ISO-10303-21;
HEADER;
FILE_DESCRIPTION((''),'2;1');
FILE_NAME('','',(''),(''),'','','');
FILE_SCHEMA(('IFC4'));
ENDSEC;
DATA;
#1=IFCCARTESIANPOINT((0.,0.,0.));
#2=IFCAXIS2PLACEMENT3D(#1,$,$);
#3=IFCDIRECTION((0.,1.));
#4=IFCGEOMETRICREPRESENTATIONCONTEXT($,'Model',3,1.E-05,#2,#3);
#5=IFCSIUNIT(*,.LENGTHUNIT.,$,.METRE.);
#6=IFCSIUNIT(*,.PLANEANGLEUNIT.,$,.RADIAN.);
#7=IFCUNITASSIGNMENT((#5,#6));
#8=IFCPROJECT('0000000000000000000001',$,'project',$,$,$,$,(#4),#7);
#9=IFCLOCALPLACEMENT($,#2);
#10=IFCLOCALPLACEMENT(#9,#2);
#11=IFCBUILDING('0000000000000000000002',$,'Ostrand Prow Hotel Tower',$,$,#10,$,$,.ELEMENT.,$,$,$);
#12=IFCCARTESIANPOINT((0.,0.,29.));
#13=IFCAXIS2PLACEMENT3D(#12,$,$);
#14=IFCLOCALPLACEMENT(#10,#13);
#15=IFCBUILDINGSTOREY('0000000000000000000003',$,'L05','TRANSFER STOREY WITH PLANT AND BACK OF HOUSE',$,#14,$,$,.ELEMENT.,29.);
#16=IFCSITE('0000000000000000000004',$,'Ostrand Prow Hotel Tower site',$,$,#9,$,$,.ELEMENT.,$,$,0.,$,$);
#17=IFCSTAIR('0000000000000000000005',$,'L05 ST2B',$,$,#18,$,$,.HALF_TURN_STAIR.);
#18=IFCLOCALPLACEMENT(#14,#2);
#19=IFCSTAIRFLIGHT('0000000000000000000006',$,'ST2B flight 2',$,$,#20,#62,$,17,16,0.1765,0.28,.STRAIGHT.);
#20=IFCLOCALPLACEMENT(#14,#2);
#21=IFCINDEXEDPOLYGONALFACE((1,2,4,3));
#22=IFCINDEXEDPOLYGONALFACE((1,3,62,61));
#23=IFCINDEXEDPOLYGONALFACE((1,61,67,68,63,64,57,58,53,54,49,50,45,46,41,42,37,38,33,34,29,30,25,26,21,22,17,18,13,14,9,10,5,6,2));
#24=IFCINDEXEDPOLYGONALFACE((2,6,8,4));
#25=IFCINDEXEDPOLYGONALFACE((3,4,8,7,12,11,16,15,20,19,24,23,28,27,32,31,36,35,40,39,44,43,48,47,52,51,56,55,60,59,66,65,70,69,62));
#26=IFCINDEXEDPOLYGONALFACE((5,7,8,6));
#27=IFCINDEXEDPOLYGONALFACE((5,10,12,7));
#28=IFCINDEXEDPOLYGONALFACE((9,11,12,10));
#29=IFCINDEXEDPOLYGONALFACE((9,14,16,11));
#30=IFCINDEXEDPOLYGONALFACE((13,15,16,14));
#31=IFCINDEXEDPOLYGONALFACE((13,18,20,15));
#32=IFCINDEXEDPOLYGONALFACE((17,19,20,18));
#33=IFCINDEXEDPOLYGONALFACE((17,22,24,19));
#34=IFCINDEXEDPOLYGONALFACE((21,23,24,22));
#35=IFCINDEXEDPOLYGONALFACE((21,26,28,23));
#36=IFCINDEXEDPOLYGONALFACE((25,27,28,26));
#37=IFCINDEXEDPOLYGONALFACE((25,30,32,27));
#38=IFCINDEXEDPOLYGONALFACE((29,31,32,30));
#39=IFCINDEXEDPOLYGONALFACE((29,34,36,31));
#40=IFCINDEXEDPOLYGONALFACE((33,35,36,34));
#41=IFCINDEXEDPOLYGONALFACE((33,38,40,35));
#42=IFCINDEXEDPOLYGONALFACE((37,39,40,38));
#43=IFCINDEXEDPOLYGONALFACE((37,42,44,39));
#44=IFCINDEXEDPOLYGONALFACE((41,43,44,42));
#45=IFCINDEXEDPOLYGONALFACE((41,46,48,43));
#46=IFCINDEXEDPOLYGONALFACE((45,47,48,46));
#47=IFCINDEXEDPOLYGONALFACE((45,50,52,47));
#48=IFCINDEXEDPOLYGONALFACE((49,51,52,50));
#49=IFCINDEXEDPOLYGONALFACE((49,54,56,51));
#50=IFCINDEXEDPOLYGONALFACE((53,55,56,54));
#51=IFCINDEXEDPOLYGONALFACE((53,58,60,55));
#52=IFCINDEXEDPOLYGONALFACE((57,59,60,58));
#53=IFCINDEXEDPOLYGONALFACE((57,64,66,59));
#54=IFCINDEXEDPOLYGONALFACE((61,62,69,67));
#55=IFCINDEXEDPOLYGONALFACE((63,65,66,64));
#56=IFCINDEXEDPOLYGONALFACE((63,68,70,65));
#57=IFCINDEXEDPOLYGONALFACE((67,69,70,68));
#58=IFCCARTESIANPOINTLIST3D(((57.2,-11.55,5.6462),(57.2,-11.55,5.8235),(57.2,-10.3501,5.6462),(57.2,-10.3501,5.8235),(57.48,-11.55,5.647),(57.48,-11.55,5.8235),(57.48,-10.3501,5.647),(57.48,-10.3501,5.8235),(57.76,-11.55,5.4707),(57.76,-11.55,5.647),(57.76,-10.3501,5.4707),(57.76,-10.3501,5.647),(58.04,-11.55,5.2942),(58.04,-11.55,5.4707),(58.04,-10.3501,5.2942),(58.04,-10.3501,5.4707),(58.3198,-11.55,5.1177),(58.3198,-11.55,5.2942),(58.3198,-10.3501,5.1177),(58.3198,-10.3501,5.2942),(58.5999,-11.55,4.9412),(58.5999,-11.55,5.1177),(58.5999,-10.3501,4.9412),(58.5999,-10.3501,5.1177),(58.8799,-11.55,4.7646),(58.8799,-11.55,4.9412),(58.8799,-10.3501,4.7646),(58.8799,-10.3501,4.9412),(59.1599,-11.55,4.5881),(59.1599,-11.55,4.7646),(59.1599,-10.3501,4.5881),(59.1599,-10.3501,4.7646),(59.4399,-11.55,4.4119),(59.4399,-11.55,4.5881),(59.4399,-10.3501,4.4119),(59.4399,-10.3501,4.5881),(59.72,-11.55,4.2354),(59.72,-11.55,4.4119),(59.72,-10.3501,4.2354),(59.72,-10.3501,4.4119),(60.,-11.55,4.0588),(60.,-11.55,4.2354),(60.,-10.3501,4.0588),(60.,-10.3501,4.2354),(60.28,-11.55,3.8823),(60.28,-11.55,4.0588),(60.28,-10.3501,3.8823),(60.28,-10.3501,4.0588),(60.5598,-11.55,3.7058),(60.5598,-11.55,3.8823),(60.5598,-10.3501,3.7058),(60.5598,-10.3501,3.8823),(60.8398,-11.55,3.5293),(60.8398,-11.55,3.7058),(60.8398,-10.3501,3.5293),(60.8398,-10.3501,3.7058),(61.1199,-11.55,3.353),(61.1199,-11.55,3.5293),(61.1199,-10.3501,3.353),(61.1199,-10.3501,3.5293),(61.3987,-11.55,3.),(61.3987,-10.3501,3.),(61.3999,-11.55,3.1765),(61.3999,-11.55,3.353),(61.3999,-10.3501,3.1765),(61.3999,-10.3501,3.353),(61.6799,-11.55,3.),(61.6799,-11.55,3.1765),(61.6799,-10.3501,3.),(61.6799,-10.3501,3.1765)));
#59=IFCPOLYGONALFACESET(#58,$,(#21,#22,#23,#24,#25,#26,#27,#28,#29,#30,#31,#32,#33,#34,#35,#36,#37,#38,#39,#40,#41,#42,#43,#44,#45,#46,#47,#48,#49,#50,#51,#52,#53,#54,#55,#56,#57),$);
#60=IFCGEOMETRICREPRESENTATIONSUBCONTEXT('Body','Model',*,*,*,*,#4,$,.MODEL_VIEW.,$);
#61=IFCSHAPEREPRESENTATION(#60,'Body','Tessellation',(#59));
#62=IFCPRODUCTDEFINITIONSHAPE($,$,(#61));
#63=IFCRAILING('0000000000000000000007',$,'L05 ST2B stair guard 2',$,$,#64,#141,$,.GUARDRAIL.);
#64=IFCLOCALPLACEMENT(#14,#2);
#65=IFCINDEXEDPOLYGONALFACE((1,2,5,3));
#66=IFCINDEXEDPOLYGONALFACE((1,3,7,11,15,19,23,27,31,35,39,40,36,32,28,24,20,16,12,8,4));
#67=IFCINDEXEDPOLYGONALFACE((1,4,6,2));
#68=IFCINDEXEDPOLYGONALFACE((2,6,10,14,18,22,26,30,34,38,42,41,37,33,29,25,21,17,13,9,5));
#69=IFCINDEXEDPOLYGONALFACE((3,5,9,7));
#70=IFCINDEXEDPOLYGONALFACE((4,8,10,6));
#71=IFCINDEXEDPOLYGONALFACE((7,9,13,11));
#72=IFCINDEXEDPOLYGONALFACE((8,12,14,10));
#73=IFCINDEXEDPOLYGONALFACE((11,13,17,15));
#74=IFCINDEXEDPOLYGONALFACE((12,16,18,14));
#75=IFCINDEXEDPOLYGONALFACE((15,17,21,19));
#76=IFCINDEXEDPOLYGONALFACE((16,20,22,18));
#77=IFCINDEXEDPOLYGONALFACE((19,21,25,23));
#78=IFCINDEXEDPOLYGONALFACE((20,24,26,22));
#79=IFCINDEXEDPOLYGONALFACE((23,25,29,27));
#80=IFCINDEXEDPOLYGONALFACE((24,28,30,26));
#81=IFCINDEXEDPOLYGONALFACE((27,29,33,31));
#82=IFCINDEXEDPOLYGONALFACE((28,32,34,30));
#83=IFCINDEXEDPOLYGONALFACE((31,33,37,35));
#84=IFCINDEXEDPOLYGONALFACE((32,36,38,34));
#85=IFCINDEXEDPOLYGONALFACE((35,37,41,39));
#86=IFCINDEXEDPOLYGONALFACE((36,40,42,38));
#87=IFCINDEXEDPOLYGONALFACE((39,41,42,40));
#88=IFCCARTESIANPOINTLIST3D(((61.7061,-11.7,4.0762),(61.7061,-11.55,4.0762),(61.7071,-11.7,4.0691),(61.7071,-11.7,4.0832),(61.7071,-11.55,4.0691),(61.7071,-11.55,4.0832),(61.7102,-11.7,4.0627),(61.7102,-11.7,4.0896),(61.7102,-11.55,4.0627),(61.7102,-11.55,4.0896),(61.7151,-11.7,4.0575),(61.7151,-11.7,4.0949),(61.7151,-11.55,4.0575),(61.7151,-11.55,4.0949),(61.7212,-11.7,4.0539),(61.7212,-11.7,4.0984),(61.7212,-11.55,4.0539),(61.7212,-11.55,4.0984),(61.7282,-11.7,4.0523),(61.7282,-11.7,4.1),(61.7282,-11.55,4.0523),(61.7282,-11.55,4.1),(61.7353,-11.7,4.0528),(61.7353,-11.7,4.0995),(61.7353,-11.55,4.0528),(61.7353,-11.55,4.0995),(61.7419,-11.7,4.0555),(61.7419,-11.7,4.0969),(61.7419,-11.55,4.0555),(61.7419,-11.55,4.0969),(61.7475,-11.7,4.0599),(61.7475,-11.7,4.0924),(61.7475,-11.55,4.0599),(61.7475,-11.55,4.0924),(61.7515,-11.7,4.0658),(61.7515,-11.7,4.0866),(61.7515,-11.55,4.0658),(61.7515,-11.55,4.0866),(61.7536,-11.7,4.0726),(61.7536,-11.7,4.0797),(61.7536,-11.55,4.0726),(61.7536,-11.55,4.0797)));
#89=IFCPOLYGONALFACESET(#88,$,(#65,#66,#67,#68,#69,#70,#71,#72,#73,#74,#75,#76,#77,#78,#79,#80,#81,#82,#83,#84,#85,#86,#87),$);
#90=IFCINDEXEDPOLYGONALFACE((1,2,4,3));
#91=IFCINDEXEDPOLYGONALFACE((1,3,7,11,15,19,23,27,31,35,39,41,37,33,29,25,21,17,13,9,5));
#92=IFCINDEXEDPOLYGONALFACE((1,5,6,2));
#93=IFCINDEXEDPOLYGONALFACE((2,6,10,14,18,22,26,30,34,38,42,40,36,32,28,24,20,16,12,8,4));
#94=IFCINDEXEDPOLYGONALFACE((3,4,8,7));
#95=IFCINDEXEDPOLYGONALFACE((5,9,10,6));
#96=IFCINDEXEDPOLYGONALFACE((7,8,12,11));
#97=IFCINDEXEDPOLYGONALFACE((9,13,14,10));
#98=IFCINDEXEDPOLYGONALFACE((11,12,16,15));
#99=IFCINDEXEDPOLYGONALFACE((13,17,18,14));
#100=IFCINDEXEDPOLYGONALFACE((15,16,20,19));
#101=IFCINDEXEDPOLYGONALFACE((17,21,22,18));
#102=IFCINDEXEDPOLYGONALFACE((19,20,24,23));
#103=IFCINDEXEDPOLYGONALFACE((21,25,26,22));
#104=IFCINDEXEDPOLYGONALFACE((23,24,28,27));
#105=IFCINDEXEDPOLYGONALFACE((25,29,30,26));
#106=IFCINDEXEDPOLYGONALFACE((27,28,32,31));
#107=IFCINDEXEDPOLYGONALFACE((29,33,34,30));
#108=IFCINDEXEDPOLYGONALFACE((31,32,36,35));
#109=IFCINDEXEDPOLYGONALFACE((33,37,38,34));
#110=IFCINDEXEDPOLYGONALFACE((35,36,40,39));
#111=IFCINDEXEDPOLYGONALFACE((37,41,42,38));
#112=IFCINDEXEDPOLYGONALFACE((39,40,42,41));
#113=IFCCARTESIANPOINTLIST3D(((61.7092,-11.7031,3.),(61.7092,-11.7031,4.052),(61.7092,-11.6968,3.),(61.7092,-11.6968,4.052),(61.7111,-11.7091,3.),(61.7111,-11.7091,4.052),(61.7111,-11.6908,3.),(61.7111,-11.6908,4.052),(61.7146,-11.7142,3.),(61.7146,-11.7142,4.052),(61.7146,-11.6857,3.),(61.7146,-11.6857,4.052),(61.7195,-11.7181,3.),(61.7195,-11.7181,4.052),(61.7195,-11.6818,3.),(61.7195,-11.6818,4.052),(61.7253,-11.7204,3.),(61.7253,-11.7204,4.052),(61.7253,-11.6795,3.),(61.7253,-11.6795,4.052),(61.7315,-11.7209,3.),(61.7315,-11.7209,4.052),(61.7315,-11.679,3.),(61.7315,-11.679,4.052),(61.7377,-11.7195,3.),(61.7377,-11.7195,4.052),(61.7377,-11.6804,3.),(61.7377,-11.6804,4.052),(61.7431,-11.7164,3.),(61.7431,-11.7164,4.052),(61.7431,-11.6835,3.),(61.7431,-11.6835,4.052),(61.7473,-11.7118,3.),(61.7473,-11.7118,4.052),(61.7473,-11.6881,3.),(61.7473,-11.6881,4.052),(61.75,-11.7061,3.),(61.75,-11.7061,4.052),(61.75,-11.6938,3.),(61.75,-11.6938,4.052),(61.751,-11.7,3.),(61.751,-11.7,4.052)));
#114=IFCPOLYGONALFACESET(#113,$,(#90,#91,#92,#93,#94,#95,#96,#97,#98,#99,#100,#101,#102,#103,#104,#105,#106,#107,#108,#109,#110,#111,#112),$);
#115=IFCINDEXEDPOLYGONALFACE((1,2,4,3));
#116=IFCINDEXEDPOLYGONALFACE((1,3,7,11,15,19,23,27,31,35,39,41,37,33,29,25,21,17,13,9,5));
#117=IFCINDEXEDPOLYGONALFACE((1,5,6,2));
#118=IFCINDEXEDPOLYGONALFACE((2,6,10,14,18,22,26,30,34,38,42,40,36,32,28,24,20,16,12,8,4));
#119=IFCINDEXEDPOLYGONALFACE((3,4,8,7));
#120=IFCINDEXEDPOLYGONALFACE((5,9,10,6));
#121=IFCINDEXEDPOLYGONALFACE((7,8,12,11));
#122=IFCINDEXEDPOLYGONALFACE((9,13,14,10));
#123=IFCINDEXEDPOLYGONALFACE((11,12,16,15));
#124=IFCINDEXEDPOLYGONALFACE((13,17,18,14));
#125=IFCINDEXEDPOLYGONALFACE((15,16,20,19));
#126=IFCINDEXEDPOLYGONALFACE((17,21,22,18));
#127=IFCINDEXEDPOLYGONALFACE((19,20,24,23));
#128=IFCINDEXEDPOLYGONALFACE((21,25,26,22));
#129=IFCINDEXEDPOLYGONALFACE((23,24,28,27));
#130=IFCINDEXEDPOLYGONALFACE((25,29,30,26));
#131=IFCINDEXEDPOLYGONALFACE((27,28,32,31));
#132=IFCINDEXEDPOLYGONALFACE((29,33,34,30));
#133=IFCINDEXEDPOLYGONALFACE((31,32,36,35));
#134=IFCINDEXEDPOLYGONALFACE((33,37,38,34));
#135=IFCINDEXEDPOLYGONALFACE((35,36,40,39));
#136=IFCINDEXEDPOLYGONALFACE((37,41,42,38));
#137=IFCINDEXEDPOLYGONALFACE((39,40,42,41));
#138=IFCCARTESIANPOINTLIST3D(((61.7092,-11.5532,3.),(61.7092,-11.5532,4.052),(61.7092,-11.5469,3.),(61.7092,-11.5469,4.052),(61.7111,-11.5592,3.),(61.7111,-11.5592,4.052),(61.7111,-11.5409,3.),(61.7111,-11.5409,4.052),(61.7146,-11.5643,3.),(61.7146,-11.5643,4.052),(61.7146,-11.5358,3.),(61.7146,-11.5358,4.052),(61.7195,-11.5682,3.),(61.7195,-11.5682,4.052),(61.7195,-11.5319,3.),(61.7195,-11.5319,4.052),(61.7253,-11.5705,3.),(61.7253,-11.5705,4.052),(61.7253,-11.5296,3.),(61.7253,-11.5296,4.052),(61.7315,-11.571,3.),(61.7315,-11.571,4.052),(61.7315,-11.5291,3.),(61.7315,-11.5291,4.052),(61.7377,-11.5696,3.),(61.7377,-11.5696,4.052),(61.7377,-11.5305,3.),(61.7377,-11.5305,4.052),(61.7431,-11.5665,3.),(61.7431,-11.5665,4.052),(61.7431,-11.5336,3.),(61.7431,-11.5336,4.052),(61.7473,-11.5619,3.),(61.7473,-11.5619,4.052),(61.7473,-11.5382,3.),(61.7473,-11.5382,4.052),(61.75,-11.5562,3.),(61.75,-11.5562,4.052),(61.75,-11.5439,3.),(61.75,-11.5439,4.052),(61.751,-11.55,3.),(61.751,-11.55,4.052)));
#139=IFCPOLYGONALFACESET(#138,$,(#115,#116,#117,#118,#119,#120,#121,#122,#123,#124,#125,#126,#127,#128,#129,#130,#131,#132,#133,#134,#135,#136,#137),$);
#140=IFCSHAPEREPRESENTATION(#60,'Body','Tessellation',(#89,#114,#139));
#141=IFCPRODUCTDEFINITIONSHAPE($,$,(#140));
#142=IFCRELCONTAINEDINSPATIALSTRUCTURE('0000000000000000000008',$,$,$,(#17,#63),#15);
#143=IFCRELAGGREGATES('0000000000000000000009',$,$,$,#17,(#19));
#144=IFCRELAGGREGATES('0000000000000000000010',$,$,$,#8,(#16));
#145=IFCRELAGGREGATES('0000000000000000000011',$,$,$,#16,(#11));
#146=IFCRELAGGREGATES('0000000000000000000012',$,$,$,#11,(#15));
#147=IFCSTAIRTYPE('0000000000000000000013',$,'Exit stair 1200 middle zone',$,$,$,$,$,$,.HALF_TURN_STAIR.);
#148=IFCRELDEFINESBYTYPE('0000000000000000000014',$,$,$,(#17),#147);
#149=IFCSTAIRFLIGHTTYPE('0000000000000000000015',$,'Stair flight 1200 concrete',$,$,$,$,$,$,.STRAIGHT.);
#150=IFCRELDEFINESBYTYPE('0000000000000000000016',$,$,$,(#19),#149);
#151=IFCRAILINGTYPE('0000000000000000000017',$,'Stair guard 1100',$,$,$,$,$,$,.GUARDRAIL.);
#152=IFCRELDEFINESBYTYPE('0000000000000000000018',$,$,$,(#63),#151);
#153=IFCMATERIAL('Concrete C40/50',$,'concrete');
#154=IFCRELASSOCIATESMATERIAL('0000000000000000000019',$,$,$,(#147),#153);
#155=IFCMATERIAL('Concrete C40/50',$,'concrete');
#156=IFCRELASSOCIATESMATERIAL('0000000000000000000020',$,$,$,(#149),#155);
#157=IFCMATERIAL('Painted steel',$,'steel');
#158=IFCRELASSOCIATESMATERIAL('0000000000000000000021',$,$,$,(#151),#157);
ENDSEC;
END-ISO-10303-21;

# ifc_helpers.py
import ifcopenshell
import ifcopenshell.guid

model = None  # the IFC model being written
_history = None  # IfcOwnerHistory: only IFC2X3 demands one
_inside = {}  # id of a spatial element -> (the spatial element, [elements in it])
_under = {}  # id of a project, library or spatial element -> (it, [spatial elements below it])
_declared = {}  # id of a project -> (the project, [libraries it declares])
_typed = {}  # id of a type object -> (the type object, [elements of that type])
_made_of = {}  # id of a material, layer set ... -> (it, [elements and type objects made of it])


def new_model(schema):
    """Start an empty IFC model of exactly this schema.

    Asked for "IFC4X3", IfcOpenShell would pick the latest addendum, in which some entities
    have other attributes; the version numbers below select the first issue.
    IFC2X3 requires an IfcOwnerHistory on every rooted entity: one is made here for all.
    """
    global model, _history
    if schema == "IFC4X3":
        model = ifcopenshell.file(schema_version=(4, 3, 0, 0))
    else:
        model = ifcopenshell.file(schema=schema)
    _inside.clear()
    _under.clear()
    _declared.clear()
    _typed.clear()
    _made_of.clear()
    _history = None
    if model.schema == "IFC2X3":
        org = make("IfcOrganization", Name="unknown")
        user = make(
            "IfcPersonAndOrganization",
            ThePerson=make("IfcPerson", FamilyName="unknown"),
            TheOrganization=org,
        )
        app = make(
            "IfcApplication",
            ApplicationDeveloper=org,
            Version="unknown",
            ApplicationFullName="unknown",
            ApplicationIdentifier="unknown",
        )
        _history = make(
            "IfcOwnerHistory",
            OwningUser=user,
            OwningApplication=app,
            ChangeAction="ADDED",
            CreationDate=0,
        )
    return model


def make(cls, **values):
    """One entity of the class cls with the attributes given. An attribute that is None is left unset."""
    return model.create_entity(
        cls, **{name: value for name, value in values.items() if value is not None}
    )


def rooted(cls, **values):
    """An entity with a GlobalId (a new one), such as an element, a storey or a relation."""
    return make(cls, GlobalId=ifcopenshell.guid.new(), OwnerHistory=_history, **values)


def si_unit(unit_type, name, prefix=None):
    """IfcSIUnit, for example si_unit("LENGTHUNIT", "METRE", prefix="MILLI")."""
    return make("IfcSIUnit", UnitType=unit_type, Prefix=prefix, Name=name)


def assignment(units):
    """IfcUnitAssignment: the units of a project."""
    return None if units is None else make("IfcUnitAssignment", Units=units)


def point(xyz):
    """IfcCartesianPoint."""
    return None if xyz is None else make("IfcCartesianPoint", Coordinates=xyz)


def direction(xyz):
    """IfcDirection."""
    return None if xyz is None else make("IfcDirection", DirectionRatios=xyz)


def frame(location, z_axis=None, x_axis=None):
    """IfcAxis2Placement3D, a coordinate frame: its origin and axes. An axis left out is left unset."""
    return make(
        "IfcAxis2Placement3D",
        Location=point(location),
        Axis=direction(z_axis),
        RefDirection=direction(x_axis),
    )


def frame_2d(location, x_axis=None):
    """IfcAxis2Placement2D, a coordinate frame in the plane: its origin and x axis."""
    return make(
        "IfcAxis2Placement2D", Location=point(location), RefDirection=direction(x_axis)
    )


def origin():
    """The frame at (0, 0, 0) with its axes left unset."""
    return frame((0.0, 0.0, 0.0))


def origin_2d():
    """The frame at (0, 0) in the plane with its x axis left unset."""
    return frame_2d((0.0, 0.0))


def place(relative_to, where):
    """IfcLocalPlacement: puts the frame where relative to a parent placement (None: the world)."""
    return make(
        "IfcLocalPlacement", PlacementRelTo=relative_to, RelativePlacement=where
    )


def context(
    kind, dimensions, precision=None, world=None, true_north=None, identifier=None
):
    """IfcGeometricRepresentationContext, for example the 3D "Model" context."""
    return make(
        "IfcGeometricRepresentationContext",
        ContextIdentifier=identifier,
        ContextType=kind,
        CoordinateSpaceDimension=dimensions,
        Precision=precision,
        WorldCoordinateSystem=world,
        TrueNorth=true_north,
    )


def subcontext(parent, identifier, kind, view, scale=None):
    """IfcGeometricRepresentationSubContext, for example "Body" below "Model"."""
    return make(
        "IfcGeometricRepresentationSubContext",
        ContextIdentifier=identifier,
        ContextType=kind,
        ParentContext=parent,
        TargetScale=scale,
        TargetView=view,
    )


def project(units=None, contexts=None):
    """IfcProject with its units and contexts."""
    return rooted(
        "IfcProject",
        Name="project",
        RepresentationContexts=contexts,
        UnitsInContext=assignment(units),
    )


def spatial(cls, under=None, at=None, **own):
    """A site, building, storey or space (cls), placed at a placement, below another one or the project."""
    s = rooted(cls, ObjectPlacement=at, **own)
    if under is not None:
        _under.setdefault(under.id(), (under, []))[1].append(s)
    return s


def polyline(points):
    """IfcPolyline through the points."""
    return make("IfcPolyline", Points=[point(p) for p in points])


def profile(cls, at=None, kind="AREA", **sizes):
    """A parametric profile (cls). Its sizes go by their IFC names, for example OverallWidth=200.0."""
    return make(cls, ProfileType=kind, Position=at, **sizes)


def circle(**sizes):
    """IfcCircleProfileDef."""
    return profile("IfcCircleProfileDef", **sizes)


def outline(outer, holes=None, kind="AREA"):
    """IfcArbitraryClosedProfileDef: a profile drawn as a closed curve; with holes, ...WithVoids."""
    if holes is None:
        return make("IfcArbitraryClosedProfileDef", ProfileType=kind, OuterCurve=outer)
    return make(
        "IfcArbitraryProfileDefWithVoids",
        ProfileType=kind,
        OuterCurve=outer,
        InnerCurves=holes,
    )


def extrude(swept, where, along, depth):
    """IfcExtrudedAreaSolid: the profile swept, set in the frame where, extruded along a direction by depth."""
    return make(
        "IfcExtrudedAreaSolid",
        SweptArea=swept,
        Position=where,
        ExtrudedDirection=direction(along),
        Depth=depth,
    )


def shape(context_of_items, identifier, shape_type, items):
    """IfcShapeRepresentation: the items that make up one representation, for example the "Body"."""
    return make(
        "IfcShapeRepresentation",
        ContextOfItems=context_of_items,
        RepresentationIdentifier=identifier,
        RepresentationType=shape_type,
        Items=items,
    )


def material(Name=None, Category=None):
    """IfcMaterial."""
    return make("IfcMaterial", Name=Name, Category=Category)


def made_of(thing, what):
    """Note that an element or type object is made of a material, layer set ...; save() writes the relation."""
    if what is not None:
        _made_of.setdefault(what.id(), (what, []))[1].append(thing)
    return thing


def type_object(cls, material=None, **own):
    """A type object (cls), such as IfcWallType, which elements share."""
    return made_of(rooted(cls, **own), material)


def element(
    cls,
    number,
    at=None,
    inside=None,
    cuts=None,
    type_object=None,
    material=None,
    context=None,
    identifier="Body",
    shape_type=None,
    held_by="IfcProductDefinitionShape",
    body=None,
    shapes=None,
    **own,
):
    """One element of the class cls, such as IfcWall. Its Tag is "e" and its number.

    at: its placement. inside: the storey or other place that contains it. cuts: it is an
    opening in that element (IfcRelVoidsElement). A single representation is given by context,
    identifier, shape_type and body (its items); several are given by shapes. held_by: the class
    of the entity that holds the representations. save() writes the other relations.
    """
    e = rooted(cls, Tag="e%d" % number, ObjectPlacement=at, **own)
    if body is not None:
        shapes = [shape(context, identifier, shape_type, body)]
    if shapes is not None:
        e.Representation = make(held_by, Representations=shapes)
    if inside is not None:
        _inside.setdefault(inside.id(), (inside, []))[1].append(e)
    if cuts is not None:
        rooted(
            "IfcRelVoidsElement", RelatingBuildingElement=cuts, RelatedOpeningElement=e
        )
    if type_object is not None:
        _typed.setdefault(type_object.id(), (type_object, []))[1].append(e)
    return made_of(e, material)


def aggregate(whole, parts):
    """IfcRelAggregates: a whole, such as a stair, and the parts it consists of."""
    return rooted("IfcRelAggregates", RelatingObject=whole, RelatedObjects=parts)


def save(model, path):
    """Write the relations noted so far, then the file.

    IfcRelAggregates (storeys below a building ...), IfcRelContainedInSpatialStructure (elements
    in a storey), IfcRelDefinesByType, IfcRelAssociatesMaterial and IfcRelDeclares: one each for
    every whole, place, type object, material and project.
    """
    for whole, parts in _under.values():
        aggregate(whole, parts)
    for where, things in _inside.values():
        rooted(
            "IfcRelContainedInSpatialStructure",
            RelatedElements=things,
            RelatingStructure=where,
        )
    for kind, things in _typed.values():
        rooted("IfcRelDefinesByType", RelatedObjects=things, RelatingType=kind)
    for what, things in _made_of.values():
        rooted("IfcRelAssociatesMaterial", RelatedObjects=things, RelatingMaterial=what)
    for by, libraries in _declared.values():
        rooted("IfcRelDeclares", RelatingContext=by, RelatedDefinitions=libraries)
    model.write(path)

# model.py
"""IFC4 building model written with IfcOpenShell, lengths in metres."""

from ifc_helpers import new_model, si_unit, direction, frame, origin, origin_2d, place, context, subcontext, project, spatial, polyline, circle, outline, extrude, material, type_object, element, aggregate, save


model = new_model("IFC4")

# Units and contexts
model_context = context("Model", 3, precision=1e-05, world=origin(), true_north=direction((0.0, 1.0)))
body_context = subcontext(model_context, "Body", "Model", "MODEL_VIEW")
ifc_project = project(units=[si_unit("LENGTHUNIT", "METRE"), si_unit("PLANEANGLEUNIT", "RADIAN")], contexts=[model_context])

# Site, building, storey
site_placement = place(None, origin())
site = spatial("IfcSite", under=ifc_project, at=site_placement, Name="Ostrand Prow Hotel Tower site", CompositionType="ELEMENT", RefElevation=0.0)
building_placement = place(site_placement, origin())
building = spatial("IfcBuilding", under=site, at=building_placement, Name="Ostrand Prow Hotel Tower", CompositionType="ELEMENT")
storey_placement = place(building_placement, frame((0.0, 0.0, 29.0)))
storey = spatial("IfcBuildingStorey", under=building, at=storey_placement, Name="L05", Description="TRANSFER STOREY WITH PLANT AND BACK OF HOUSE", CompositionType="ELEMENT", Elevation=29.0)

# Stair, stair flight
ifc_material_1 = material(Name="Concrete C40/50", Category="concrete")
stair_type = type_object("IfcStairType", Name="Exit stair 1200 middle zone", PredefinedType="HALF_TURN_STAIR", material=ifc_material_1)
stair_placement = place(storey_placement, origin())
stair = element("IfcStair", 1, at=stair_placement, inside=storey, type_object=stair_type, Name="L05 ST2B", PredefinedType="HALF_TURN_STAIR")
ifc_material_2 = material(Name="Concrete C40/50", Category="concrete")
stair_flight_type = type_object("IfcStairFlightType", Name="Stair flight 1200 concrete", PredefinedType="STRAIGHT", material=ifc_material_2)
stair_flight_placement = place(storey_placement, frame((61.6799, -10.95, 3.0), z_axis=(0.0, 0.0, 1.0), x_axis=(-1.0, 0.0, 0.0)))
stair_flight = element("IfcStairFlight", 2, at=stair_flight_placement, type_object=stair_flight_type, Name="ST2B flight 2", NumberOfRisers=17, NumberOfTreads=16, PredefinedType="STRAIGHT", RiserHeight=0.1765, TreadLength=0.28, context=body_context, shape_type="SweptSolid", body=[
    extrude(outline(polyline([(0.0, 0.0), (0.0, 0.1765), (0.28, 0.1765), (0.28, 0.353), (0.5601, 0.353), (0.5601, 0.5293), (0.8401, 0.5293), (0.8401, 0.7058), (1.1201, 0.7058), (1.1201, 0.8823), (1.3999, 0.8823), (1.3999, 1.0588), (1.6799, 1.0588), (1.6799, 1.2354), (1.96, 1.2354), (1.96, 1.4119), (2.24, 1.4119), (2.24, 1.5881), (2.52, 1.5881), (2.52, 1.7646), (2.8, 1.7646), (2.8, 1.9412), (3.0801, 1.9412), (3.0801, 2.1177), (3.3601, 2.1177), (3.3601, 2.2942), (3.6399, 2.2942), (3.6399, 2.4707), (3.9199, 2.4707), (3.9199, 2.647), (4.2, 2.647), (4.2, 2.8235), (4.48, 2.8235), (4.48, 3.0), (4.48, 2.6462), (0.2812, 0.0), (0.0, 0.0)])), frame((0.0, 0.6001, 0.0), z_axis=(0.0, -1.0, 0.0), x_axis=(1.0, 0.0, 0.0)), (0.0, 0.0, 1.0), 1.2),
])
aggregate(stair, [stair_flight])

# Railing
ifc_material_3 = material(Name="Painted steel", Category="steel")
railing_type_1 = type_object("IfcRailingType", Name="Stair guard 1100", PredefinedType="GUARDRAIL", material=ifc_material_3)
railing_1_placement = place(storey_placement, frame((61.73, -11.7, 3.0)))
element("IfcRailing", 3, at=railing_1_placement, inside=storey, type_object=railing_type_1, Name="L05 ST2B stair guard 2", PredefinedType="GUARDRAIL", context=body_context, shape_type="SweptSolid", body=[
    extrude(circle(Radius=0.0239, at=origin_2d()), frame((0.0, 0.0, 1.0762), z_axis=(0.0, 1.0, 0.0), x_axis=(-1.0, 0.0, 0.0)), (0.0, 0.0, 1.0), 0.1499),
    extrude(circle(Radius=0.021, at=origin_2d()), origin(), (0.0, 0.0, 1.0), 1.052),
    extrude(circle(Radius=0.021, at=origin_2d()), frame((0.0, 0.1499, 0.0)), (0.0, 0.0, 1.0), 1.052),
])

save(model, "model.ifc")
